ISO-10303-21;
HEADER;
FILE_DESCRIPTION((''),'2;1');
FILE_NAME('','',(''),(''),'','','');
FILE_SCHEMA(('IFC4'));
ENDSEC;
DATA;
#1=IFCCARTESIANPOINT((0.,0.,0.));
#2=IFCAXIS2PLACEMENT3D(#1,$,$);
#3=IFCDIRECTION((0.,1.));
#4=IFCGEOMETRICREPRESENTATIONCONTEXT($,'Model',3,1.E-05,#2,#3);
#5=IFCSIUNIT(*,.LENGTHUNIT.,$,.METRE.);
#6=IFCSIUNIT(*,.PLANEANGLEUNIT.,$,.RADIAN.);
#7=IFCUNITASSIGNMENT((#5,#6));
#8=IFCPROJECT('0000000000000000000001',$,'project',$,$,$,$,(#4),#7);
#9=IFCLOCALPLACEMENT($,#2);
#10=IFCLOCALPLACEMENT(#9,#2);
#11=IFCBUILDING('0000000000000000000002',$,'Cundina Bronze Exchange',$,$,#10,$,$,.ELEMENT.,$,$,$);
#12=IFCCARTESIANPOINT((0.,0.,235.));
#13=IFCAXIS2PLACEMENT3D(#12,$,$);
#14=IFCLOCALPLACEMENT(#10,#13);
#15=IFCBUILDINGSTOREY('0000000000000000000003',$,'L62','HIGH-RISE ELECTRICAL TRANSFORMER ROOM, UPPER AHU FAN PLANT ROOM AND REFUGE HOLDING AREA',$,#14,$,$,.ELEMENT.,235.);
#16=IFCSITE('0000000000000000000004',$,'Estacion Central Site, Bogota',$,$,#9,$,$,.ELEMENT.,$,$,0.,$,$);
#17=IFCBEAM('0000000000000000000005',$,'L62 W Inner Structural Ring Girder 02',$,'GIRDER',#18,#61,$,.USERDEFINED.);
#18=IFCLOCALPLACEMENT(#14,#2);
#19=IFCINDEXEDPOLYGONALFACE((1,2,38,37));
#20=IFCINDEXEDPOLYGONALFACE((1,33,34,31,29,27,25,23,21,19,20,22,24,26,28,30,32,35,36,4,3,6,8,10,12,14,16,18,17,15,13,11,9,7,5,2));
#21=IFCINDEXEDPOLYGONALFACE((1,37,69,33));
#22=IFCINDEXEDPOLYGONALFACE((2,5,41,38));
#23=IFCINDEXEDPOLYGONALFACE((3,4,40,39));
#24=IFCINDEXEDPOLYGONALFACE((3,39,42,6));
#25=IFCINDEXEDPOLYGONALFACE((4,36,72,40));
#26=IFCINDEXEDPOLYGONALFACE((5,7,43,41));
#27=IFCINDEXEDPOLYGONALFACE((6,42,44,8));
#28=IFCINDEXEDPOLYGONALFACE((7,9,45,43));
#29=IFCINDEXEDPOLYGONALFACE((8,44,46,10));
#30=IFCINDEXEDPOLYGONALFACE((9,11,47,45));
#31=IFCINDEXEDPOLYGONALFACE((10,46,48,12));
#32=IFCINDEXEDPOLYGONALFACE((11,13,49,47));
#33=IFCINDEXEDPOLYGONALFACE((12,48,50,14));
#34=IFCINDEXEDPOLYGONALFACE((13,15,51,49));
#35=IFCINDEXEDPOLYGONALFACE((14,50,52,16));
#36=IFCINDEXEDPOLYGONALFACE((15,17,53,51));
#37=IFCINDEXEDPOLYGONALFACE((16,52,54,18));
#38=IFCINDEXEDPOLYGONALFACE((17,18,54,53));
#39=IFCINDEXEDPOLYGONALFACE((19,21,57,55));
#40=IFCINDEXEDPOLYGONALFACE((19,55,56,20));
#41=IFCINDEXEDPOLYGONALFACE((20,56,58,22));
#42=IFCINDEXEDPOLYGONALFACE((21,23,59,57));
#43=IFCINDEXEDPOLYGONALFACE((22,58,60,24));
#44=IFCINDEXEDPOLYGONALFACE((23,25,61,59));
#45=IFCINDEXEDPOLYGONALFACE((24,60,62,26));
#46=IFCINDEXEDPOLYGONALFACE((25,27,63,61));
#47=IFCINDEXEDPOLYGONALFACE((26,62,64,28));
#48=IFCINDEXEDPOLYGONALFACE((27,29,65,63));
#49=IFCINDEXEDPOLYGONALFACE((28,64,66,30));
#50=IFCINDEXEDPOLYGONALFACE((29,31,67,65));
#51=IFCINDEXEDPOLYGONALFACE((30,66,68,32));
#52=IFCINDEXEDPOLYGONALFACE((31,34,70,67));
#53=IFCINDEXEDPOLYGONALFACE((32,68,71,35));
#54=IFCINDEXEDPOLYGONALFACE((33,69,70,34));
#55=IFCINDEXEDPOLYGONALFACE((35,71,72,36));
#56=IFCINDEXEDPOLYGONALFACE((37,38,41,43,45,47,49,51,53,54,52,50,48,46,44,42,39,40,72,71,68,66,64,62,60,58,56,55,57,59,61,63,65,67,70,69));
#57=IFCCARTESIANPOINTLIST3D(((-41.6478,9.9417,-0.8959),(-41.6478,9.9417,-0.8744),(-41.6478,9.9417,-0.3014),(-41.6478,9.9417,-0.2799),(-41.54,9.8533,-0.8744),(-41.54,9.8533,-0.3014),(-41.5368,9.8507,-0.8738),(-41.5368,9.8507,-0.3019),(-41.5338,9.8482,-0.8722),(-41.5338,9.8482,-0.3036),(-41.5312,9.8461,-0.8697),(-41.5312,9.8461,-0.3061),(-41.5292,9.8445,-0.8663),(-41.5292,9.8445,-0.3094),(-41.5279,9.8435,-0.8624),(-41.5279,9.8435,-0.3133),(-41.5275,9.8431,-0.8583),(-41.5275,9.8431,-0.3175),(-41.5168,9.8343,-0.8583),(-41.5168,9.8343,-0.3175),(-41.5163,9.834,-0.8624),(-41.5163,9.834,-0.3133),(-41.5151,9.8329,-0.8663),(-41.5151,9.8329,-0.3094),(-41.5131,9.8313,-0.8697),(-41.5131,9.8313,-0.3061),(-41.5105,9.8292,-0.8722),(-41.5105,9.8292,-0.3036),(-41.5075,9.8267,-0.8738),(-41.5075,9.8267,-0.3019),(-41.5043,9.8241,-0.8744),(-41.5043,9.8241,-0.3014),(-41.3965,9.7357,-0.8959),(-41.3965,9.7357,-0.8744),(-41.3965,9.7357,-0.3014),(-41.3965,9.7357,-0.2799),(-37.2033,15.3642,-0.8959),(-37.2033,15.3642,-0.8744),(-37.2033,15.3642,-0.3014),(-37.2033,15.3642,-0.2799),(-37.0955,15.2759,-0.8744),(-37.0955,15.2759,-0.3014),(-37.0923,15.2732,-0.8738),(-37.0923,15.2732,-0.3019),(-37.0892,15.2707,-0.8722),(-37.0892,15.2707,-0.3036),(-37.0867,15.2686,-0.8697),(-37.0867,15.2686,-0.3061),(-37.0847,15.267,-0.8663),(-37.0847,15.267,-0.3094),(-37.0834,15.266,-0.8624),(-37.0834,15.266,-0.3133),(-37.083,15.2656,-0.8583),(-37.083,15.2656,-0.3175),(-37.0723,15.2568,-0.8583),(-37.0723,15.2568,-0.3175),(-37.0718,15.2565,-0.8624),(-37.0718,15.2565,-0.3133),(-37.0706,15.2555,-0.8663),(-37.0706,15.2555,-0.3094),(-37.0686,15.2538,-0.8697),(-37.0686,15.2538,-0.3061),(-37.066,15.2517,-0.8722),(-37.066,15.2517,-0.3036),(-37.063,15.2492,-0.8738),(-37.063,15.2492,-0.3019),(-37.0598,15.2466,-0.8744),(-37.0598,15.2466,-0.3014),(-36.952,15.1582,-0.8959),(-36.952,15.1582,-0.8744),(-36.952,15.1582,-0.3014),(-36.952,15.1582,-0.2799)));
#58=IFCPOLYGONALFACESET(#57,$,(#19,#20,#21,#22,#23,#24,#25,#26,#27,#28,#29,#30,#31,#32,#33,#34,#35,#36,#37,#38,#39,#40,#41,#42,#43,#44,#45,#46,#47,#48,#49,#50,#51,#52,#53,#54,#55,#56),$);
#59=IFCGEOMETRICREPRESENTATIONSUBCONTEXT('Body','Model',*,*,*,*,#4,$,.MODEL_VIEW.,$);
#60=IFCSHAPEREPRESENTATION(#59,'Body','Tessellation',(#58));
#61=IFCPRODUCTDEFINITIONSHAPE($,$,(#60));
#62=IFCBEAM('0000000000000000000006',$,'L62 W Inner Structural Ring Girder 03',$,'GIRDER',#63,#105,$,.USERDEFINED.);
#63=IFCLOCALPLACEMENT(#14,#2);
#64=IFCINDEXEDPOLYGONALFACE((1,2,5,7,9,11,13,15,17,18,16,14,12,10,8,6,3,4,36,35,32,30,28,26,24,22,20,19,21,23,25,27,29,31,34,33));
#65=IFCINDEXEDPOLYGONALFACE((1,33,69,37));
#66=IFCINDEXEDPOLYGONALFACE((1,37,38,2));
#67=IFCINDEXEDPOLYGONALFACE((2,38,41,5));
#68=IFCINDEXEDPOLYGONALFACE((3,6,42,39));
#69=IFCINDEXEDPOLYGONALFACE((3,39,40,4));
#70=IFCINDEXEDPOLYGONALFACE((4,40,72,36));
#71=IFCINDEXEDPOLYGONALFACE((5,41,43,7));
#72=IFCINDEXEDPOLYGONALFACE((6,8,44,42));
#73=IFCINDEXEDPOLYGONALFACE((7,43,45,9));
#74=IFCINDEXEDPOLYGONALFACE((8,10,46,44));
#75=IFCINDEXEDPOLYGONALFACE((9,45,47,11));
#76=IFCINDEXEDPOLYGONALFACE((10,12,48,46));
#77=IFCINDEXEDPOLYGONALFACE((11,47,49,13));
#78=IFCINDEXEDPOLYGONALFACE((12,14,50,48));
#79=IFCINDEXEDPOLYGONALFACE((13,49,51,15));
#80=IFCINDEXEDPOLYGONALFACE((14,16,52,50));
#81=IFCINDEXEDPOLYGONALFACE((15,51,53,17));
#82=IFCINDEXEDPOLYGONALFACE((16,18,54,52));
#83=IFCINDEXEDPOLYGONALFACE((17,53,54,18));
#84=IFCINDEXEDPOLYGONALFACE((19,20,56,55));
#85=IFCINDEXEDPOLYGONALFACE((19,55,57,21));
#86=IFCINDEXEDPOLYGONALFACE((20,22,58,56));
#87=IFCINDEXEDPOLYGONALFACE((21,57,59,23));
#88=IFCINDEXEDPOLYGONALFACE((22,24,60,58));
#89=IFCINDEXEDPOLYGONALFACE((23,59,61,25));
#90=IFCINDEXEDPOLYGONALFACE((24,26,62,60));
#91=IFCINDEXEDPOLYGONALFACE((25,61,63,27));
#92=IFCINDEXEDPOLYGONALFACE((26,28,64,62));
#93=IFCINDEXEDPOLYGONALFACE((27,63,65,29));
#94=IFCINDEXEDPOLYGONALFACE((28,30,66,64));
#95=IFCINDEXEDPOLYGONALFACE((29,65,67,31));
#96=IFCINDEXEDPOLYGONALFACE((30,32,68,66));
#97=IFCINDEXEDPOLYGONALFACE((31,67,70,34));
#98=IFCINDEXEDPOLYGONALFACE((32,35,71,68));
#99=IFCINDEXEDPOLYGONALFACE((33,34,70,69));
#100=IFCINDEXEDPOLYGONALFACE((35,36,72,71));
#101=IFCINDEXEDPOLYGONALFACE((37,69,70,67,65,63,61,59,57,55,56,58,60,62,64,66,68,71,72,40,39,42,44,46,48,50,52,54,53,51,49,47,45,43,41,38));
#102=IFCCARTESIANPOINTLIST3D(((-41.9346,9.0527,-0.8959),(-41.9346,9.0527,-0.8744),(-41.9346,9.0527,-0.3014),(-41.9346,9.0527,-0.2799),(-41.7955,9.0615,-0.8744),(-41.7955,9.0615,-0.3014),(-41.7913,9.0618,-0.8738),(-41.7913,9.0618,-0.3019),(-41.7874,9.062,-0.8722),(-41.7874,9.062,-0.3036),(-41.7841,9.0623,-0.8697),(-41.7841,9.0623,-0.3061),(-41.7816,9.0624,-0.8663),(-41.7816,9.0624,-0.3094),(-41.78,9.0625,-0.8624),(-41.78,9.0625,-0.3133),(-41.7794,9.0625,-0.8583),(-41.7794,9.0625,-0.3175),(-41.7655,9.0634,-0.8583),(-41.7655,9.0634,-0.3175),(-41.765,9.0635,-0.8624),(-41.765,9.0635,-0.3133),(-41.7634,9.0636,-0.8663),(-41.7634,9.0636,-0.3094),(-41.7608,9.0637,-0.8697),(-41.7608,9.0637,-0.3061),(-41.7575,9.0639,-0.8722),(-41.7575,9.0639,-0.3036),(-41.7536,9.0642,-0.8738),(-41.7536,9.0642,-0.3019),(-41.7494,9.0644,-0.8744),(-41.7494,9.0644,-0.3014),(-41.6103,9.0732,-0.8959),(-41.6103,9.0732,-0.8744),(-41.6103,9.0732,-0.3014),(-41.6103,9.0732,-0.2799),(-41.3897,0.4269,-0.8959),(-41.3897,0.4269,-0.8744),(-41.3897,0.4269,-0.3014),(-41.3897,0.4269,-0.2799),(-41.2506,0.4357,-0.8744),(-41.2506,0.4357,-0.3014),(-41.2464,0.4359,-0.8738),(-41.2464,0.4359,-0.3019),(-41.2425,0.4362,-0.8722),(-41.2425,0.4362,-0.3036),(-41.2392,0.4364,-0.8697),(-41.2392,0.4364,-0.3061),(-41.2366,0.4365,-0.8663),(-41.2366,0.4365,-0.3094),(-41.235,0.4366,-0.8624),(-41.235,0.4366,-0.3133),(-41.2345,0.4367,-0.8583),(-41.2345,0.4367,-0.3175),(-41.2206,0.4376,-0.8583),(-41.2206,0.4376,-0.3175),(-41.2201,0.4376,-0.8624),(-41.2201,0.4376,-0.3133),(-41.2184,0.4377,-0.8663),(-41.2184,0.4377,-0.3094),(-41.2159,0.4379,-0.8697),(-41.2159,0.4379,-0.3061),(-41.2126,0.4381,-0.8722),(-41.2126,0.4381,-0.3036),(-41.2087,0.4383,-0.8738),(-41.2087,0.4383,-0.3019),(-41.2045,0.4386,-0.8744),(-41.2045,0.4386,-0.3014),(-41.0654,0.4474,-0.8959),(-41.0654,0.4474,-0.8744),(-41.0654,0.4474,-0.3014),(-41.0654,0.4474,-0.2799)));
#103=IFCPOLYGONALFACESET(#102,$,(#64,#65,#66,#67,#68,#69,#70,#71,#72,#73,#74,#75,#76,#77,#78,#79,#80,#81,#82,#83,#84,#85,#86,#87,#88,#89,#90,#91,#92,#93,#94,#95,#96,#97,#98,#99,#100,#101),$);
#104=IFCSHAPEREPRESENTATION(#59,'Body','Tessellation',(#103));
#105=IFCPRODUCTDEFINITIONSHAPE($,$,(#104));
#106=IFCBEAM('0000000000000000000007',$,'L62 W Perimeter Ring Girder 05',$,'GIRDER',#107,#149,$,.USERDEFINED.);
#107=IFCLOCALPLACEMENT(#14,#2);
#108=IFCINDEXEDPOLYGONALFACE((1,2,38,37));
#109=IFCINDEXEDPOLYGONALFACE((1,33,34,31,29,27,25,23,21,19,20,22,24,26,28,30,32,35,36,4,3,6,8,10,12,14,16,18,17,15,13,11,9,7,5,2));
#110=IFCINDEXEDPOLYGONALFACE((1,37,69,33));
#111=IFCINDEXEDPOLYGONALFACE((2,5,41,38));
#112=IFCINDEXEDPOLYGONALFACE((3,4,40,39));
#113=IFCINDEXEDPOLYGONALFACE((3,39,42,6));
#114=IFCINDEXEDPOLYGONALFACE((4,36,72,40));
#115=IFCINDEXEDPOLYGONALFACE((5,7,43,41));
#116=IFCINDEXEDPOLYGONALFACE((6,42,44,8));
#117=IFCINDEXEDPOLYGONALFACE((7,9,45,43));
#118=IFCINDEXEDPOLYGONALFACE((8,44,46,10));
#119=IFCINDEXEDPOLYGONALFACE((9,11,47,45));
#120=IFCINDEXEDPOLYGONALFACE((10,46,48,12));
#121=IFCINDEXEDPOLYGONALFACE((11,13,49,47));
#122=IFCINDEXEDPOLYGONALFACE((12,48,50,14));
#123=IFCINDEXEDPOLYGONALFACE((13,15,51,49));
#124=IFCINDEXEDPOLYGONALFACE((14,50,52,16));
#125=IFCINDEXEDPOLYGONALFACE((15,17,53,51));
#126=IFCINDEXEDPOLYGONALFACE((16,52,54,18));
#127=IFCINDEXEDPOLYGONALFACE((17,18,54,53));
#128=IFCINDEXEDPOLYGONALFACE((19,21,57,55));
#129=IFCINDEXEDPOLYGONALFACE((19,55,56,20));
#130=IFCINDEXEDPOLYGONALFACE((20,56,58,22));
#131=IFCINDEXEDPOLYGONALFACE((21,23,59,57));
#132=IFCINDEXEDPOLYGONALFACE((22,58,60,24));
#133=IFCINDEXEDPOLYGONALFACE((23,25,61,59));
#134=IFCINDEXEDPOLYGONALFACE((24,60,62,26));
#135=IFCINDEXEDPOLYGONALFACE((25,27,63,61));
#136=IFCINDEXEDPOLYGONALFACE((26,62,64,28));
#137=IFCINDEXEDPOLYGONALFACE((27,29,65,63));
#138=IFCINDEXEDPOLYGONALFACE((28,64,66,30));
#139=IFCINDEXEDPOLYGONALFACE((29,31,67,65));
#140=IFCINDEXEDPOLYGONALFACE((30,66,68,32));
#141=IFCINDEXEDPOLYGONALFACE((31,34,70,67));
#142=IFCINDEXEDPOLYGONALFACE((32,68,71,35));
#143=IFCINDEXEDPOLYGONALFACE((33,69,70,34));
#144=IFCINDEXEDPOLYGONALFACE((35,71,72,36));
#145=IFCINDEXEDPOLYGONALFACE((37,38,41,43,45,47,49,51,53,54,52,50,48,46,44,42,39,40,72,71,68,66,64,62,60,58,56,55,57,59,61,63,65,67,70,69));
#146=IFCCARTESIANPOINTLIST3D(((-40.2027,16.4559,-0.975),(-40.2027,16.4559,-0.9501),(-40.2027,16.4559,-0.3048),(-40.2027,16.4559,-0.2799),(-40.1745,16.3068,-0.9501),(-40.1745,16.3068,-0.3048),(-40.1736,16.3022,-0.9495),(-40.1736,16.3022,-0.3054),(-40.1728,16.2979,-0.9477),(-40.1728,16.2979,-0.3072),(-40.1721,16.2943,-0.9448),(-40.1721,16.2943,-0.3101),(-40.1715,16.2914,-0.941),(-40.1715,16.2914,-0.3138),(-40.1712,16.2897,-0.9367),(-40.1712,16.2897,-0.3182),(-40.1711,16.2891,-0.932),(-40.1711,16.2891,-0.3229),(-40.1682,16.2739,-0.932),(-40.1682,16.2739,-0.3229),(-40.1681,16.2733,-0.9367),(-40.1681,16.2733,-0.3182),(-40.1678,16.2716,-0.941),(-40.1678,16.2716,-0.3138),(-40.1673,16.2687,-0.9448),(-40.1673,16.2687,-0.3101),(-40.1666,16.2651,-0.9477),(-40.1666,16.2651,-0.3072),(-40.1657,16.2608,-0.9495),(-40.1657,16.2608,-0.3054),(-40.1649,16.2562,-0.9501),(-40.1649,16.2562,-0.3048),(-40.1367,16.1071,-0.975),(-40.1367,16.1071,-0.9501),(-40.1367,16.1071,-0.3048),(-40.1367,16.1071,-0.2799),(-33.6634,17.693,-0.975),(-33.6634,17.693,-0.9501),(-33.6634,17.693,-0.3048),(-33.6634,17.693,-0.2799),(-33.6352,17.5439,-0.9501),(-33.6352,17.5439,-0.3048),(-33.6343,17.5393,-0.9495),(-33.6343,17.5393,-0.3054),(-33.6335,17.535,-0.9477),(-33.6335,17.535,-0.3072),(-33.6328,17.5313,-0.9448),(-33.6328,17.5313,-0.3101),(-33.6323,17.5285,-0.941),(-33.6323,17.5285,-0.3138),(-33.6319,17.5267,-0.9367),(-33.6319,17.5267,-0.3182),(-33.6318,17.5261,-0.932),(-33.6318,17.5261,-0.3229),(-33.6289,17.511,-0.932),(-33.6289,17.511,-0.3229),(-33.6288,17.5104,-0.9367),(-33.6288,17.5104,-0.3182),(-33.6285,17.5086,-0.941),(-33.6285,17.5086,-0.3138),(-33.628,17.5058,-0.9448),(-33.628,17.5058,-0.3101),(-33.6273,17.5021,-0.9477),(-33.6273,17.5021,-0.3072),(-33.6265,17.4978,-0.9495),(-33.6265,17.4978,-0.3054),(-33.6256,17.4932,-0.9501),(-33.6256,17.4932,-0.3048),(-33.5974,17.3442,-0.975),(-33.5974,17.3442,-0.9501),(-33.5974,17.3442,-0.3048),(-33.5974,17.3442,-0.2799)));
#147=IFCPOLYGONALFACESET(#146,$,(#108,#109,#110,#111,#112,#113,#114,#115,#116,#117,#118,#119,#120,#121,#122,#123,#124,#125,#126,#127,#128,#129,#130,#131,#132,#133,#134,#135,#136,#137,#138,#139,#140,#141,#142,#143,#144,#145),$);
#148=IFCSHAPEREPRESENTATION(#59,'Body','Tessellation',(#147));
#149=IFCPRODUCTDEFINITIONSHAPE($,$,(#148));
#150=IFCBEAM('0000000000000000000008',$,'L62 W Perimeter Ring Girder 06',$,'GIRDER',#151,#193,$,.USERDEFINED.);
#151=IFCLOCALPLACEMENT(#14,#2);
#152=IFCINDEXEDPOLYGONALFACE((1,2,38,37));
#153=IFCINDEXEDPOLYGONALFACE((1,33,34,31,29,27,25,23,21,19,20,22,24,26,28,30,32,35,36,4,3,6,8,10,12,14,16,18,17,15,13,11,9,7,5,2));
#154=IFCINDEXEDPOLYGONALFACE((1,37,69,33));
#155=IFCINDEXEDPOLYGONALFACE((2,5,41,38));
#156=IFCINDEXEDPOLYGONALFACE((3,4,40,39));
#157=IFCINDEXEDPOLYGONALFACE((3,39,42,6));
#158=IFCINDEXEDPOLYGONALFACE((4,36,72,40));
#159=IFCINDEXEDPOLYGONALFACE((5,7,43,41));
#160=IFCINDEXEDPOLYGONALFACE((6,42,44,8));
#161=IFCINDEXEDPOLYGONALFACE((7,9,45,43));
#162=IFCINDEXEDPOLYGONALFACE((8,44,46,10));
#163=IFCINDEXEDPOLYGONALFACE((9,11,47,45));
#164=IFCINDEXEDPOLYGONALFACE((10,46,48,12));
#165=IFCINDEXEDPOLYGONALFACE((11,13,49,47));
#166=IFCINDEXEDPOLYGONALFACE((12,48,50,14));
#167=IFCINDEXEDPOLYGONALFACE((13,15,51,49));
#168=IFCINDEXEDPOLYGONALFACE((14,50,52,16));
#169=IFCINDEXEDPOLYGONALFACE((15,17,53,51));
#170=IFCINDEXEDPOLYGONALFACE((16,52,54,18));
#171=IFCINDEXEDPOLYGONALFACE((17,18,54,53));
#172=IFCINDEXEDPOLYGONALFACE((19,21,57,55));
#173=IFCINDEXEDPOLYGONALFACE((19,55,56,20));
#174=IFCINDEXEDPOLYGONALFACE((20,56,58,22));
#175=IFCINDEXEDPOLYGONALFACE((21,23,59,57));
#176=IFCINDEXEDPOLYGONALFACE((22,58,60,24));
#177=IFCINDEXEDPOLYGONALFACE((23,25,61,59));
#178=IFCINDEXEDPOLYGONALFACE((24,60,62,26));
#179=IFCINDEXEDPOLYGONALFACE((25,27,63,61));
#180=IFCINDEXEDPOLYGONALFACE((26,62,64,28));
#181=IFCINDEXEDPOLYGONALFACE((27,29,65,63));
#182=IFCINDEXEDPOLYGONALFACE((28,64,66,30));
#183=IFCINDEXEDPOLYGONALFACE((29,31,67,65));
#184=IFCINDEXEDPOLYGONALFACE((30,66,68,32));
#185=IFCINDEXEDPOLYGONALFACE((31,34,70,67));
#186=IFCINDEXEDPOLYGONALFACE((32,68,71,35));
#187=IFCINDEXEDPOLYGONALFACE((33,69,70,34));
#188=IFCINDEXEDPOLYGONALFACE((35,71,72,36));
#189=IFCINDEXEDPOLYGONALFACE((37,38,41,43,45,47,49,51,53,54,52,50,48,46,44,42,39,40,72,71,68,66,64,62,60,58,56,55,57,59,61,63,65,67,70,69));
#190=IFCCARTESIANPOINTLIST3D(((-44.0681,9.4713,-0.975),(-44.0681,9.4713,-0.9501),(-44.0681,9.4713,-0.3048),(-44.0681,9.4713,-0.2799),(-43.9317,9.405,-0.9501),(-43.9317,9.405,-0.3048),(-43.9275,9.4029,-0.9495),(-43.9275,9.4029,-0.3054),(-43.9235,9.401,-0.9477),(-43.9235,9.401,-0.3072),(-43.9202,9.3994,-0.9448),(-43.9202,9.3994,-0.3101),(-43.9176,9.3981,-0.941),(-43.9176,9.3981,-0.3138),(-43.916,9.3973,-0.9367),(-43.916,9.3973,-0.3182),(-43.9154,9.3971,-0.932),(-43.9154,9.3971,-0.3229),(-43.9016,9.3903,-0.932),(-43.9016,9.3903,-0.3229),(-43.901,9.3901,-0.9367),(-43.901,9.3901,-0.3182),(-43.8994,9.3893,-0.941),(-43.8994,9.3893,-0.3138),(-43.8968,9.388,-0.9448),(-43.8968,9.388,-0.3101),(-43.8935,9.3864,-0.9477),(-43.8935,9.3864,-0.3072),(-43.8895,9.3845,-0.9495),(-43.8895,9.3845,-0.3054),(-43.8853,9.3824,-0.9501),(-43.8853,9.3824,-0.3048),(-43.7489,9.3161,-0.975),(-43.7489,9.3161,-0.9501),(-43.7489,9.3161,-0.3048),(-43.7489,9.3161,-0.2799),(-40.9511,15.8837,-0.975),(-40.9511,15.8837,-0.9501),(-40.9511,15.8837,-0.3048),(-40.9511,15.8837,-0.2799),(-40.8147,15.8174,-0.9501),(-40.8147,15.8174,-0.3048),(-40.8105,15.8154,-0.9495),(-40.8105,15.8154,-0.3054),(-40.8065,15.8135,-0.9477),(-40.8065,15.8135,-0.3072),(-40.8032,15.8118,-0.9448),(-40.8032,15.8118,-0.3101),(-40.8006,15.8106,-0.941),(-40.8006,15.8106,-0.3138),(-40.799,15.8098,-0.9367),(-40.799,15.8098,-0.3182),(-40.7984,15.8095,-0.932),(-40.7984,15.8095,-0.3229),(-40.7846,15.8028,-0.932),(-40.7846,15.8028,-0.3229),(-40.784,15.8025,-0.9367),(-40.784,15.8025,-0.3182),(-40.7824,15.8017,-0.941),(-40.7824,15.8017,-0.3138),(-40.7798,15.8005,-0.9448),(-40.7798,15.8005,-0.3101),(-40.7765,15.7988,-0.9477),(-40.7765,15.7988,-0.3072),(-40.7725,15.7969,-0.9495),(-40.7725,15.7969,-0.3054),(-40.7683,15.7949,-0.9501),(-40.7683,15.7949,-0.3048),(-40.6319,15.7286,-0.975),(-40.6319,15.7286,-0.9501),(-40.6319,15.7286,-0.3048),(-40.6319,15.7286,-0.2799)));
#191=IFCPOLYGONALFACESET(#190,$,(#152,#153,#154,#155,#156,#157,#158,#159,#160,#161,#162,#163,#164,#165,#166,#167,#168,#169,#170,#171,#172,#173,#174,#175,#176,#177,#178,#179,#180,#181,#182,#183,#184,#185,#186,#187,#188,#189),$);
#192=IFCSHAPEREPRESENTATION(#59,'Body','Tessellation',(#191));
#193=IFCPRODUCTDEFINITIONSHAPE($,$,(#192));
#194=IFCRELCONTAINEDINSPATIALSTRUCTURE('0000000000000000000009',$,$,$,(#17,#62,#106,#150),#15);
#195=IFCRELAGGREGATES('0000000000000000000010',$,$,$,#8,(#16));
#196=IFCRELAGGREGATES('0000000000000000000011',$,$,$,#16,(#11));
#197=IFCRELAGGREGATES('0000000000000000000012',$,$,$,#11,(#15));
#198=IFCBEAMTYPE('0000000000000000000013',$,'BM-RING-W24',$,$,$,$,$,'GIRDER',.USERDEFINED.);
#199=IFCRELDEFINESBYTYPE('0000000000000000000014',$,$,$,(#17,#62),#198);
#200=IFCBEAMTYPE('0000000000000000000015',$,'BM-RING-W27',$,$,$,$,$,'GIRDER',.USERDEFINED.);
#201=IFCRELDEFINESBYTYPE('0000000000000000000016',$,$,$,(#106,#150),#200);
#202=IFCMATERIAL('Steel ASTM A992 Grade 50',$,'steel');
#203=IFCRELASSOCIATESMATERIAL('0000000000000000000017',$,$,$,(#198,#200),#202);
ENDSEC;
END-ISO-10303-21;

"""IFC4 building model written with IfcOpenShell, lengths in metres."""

from ifc_helpers import new_model, si_unit, direction, frame, origin, origin_2d, place, context, subcontext, project, spatial, i_section, extrude, material, material_profile, profile_set, type_object, element, save


model = new_model("IFC4")

# Units and contexts
model_context = context("Model", 3, precision=1e-05, world=origin(), true_north=direction((0.0, 1.0)))
body_context = subcontext(model_context, "Body", "Model", "MODEL_VIEW")
ifc_project = project(units=[si_unit("LENGTHUNIT", "METRE"), si_unit("PLANEANGLEUNIT", "RADIAN")], contexts=[model_context])

# Site, building, storey
site_placement = place(None, origin())
site = spatial("IfcSite", under=ifc_project, at=site_placement, Name="Estacion Central Site, Bogota", CompositionType="ELEMENT", RefElevation=0.0)
building_placement = place(site_placement, origin())
building = spatial("IfcBuilding", under=site, at=building_placement, Name="Cundina Bronze Exchange", CompositionType="ELEMENT")
storey_placement = place(building_placement, frame((0.0, 0.0, 235.0)))
storey = spatial("IfcBuildingStorey", under=building, at=storey_placement, Name="L62", Description="HIGH-RISE ELECTRICAL TRANSFORMER ROOM, UPPER AHU FAN PLANT ROOM AND REFUGE HOLDING AREA", CompositionType="ELEMENT", Elevation=235.0)

# Shared definitions
ifc_material_1 = material(Name="Steel ASTM A992 Grade 50", Category="steel")

# Beams
ifc_material_profile_1 = material_profile(ifc_material_1, i_section(OverallWidth=0.325, OverallDepth=0.616, WebThickness=0.0139, FlangeThickness=0.0215, FilletRadius=0.0161, at=origin_2d()), Name="W24X117", Category="steel")
ifc_profile_set_1 = profile_set([ifc_material_profile_1], Name="Steel ASTM A992 Grade 50")
beam_type_1 = type_object("IfcBeamType", Name="BM-RING-W24", ElementType="GIRDER", PredefinedType="USERDEFINED", material=ifc_profile_set_1)
beam_1_placement = place(storey_placement, frame((-37.0776, 15.2612, -0.5879), z_axis=(-0.633913, -0.773405, 0.0), x_axis=(0.773405, -0.633913, 0.0)))
element("IfcBeam", 1, at=beam_1_placement, inside=storey, type_object=beam_type_1, Name="L62 W Inner Structural Ring Girder 02", ObjectType="GIRDER", PredefinedType="USERDEFINED", context=body_context, shape_type="SweptSolid", body=[
    extrude(i_section(OverallWidth=0.325, OverallDepth=0.616, WebThickness=0.0139, FlangeThickness=0.0215, FilletRadius=0.0161, at=origin_2d()), origin(), (0.0, 0.0, 1.0), 7.0112),
])
beam_2_placement = place(storey_placement, frame((-41.7725, 9.063, -0.5879), z_axis=(0.063047, -0.998011, 0.0), x_axis=(0.998011, 0.063047, 0.0)))
element("IfcBeam", 2, at=beam_2_placement, inside=storey, type_object=beam_type_1, Name="L62 W Inner Structural Ring Girder 03", ObjectType="GIRDER", PredefinedType="USERDEFINED", context=body_context, shape_type="SweptSolid", body=[
    extrude(i_section(OverallWidth=0.325, OverallDepth=0.616, WebThickness=0.0139, FlangeThickness=0.0215, FilletRadius=0.0161, at=origin_2d()), origin(), (0.0, 0.0, 1.0), 8.6431),
])
ifc_material_profile_2 = material_profile(ifc_material_1, i_section(OverallWidth=0.355, OverallDepth=0.6951, WebThickness=0.0154, FlangeThickness=0.0249, FilletRadius=0.0181, at=origin_2d()), Name="W27X146", Category="steel")
ifc_profile_set_2 = profile_set([ifc_material_profile_2], Name="Steel ASTM A992 Grade 50")
beam_type_2 = type_object("IfcBeamType", Name="BM-RING-W27", ElementType="GIRDER", PredefinedType="USERDEFINED", material=ifc_profile_set_2)
beam_3_placement = place(storey_placement, frame((-33.6304, 17.5186, -0.6274), z_axis=(-0.982573, -0.185876, 0.0), x_axis=(0.185876, -0.982573, 0.0)))
element("IfcBeam", 3, at=beam_3_placement, inside=storey, type_object=beam_type_2, Name="L62 W Perimeter Ring Girder 05", ObjectType="GIRDER", PredefinedType="USERDEFINED", context=body_context, shape_type="SweptSolid", body=[
    extrude(i_section(OverallWidth=0.355, OverallDepth=0.6951, WebThickness=0.0154, FlangeThickness=0.0249, FilletRadius=0.0181, at=origin_2d()), origin(), (0.0, 0.0, 1.0), 6.6553),
])
beam_4_placement = place(storey_placement, frame((-40.7915, 15.8062, -0.6274), z_axis=(-0.437173, -0.899377, 0.0), x_axis=(0.899377, -0.437173, 0.0)))
element("IfcBeam", 4, at=beam_4_placement, inside=storey, type_object=beam_type_2, Name="L62 W Perimeter Ring Girder 06", ObjectType="GIRDER", PredefinedType="USERDEFINED", context=body_context, shape_type="SweptSolid", body=[
    extrude(i_section(OverallWidth=0.355, OverallDepth=0.6951, WebThickness=0.0154, FlangeThickness=0.0249, FilletRadius=0.0181, at=origin_2d()), origin(), (0.0, 0.0, 1.0), 7.1299),
])

save(model, "model.ifc")
